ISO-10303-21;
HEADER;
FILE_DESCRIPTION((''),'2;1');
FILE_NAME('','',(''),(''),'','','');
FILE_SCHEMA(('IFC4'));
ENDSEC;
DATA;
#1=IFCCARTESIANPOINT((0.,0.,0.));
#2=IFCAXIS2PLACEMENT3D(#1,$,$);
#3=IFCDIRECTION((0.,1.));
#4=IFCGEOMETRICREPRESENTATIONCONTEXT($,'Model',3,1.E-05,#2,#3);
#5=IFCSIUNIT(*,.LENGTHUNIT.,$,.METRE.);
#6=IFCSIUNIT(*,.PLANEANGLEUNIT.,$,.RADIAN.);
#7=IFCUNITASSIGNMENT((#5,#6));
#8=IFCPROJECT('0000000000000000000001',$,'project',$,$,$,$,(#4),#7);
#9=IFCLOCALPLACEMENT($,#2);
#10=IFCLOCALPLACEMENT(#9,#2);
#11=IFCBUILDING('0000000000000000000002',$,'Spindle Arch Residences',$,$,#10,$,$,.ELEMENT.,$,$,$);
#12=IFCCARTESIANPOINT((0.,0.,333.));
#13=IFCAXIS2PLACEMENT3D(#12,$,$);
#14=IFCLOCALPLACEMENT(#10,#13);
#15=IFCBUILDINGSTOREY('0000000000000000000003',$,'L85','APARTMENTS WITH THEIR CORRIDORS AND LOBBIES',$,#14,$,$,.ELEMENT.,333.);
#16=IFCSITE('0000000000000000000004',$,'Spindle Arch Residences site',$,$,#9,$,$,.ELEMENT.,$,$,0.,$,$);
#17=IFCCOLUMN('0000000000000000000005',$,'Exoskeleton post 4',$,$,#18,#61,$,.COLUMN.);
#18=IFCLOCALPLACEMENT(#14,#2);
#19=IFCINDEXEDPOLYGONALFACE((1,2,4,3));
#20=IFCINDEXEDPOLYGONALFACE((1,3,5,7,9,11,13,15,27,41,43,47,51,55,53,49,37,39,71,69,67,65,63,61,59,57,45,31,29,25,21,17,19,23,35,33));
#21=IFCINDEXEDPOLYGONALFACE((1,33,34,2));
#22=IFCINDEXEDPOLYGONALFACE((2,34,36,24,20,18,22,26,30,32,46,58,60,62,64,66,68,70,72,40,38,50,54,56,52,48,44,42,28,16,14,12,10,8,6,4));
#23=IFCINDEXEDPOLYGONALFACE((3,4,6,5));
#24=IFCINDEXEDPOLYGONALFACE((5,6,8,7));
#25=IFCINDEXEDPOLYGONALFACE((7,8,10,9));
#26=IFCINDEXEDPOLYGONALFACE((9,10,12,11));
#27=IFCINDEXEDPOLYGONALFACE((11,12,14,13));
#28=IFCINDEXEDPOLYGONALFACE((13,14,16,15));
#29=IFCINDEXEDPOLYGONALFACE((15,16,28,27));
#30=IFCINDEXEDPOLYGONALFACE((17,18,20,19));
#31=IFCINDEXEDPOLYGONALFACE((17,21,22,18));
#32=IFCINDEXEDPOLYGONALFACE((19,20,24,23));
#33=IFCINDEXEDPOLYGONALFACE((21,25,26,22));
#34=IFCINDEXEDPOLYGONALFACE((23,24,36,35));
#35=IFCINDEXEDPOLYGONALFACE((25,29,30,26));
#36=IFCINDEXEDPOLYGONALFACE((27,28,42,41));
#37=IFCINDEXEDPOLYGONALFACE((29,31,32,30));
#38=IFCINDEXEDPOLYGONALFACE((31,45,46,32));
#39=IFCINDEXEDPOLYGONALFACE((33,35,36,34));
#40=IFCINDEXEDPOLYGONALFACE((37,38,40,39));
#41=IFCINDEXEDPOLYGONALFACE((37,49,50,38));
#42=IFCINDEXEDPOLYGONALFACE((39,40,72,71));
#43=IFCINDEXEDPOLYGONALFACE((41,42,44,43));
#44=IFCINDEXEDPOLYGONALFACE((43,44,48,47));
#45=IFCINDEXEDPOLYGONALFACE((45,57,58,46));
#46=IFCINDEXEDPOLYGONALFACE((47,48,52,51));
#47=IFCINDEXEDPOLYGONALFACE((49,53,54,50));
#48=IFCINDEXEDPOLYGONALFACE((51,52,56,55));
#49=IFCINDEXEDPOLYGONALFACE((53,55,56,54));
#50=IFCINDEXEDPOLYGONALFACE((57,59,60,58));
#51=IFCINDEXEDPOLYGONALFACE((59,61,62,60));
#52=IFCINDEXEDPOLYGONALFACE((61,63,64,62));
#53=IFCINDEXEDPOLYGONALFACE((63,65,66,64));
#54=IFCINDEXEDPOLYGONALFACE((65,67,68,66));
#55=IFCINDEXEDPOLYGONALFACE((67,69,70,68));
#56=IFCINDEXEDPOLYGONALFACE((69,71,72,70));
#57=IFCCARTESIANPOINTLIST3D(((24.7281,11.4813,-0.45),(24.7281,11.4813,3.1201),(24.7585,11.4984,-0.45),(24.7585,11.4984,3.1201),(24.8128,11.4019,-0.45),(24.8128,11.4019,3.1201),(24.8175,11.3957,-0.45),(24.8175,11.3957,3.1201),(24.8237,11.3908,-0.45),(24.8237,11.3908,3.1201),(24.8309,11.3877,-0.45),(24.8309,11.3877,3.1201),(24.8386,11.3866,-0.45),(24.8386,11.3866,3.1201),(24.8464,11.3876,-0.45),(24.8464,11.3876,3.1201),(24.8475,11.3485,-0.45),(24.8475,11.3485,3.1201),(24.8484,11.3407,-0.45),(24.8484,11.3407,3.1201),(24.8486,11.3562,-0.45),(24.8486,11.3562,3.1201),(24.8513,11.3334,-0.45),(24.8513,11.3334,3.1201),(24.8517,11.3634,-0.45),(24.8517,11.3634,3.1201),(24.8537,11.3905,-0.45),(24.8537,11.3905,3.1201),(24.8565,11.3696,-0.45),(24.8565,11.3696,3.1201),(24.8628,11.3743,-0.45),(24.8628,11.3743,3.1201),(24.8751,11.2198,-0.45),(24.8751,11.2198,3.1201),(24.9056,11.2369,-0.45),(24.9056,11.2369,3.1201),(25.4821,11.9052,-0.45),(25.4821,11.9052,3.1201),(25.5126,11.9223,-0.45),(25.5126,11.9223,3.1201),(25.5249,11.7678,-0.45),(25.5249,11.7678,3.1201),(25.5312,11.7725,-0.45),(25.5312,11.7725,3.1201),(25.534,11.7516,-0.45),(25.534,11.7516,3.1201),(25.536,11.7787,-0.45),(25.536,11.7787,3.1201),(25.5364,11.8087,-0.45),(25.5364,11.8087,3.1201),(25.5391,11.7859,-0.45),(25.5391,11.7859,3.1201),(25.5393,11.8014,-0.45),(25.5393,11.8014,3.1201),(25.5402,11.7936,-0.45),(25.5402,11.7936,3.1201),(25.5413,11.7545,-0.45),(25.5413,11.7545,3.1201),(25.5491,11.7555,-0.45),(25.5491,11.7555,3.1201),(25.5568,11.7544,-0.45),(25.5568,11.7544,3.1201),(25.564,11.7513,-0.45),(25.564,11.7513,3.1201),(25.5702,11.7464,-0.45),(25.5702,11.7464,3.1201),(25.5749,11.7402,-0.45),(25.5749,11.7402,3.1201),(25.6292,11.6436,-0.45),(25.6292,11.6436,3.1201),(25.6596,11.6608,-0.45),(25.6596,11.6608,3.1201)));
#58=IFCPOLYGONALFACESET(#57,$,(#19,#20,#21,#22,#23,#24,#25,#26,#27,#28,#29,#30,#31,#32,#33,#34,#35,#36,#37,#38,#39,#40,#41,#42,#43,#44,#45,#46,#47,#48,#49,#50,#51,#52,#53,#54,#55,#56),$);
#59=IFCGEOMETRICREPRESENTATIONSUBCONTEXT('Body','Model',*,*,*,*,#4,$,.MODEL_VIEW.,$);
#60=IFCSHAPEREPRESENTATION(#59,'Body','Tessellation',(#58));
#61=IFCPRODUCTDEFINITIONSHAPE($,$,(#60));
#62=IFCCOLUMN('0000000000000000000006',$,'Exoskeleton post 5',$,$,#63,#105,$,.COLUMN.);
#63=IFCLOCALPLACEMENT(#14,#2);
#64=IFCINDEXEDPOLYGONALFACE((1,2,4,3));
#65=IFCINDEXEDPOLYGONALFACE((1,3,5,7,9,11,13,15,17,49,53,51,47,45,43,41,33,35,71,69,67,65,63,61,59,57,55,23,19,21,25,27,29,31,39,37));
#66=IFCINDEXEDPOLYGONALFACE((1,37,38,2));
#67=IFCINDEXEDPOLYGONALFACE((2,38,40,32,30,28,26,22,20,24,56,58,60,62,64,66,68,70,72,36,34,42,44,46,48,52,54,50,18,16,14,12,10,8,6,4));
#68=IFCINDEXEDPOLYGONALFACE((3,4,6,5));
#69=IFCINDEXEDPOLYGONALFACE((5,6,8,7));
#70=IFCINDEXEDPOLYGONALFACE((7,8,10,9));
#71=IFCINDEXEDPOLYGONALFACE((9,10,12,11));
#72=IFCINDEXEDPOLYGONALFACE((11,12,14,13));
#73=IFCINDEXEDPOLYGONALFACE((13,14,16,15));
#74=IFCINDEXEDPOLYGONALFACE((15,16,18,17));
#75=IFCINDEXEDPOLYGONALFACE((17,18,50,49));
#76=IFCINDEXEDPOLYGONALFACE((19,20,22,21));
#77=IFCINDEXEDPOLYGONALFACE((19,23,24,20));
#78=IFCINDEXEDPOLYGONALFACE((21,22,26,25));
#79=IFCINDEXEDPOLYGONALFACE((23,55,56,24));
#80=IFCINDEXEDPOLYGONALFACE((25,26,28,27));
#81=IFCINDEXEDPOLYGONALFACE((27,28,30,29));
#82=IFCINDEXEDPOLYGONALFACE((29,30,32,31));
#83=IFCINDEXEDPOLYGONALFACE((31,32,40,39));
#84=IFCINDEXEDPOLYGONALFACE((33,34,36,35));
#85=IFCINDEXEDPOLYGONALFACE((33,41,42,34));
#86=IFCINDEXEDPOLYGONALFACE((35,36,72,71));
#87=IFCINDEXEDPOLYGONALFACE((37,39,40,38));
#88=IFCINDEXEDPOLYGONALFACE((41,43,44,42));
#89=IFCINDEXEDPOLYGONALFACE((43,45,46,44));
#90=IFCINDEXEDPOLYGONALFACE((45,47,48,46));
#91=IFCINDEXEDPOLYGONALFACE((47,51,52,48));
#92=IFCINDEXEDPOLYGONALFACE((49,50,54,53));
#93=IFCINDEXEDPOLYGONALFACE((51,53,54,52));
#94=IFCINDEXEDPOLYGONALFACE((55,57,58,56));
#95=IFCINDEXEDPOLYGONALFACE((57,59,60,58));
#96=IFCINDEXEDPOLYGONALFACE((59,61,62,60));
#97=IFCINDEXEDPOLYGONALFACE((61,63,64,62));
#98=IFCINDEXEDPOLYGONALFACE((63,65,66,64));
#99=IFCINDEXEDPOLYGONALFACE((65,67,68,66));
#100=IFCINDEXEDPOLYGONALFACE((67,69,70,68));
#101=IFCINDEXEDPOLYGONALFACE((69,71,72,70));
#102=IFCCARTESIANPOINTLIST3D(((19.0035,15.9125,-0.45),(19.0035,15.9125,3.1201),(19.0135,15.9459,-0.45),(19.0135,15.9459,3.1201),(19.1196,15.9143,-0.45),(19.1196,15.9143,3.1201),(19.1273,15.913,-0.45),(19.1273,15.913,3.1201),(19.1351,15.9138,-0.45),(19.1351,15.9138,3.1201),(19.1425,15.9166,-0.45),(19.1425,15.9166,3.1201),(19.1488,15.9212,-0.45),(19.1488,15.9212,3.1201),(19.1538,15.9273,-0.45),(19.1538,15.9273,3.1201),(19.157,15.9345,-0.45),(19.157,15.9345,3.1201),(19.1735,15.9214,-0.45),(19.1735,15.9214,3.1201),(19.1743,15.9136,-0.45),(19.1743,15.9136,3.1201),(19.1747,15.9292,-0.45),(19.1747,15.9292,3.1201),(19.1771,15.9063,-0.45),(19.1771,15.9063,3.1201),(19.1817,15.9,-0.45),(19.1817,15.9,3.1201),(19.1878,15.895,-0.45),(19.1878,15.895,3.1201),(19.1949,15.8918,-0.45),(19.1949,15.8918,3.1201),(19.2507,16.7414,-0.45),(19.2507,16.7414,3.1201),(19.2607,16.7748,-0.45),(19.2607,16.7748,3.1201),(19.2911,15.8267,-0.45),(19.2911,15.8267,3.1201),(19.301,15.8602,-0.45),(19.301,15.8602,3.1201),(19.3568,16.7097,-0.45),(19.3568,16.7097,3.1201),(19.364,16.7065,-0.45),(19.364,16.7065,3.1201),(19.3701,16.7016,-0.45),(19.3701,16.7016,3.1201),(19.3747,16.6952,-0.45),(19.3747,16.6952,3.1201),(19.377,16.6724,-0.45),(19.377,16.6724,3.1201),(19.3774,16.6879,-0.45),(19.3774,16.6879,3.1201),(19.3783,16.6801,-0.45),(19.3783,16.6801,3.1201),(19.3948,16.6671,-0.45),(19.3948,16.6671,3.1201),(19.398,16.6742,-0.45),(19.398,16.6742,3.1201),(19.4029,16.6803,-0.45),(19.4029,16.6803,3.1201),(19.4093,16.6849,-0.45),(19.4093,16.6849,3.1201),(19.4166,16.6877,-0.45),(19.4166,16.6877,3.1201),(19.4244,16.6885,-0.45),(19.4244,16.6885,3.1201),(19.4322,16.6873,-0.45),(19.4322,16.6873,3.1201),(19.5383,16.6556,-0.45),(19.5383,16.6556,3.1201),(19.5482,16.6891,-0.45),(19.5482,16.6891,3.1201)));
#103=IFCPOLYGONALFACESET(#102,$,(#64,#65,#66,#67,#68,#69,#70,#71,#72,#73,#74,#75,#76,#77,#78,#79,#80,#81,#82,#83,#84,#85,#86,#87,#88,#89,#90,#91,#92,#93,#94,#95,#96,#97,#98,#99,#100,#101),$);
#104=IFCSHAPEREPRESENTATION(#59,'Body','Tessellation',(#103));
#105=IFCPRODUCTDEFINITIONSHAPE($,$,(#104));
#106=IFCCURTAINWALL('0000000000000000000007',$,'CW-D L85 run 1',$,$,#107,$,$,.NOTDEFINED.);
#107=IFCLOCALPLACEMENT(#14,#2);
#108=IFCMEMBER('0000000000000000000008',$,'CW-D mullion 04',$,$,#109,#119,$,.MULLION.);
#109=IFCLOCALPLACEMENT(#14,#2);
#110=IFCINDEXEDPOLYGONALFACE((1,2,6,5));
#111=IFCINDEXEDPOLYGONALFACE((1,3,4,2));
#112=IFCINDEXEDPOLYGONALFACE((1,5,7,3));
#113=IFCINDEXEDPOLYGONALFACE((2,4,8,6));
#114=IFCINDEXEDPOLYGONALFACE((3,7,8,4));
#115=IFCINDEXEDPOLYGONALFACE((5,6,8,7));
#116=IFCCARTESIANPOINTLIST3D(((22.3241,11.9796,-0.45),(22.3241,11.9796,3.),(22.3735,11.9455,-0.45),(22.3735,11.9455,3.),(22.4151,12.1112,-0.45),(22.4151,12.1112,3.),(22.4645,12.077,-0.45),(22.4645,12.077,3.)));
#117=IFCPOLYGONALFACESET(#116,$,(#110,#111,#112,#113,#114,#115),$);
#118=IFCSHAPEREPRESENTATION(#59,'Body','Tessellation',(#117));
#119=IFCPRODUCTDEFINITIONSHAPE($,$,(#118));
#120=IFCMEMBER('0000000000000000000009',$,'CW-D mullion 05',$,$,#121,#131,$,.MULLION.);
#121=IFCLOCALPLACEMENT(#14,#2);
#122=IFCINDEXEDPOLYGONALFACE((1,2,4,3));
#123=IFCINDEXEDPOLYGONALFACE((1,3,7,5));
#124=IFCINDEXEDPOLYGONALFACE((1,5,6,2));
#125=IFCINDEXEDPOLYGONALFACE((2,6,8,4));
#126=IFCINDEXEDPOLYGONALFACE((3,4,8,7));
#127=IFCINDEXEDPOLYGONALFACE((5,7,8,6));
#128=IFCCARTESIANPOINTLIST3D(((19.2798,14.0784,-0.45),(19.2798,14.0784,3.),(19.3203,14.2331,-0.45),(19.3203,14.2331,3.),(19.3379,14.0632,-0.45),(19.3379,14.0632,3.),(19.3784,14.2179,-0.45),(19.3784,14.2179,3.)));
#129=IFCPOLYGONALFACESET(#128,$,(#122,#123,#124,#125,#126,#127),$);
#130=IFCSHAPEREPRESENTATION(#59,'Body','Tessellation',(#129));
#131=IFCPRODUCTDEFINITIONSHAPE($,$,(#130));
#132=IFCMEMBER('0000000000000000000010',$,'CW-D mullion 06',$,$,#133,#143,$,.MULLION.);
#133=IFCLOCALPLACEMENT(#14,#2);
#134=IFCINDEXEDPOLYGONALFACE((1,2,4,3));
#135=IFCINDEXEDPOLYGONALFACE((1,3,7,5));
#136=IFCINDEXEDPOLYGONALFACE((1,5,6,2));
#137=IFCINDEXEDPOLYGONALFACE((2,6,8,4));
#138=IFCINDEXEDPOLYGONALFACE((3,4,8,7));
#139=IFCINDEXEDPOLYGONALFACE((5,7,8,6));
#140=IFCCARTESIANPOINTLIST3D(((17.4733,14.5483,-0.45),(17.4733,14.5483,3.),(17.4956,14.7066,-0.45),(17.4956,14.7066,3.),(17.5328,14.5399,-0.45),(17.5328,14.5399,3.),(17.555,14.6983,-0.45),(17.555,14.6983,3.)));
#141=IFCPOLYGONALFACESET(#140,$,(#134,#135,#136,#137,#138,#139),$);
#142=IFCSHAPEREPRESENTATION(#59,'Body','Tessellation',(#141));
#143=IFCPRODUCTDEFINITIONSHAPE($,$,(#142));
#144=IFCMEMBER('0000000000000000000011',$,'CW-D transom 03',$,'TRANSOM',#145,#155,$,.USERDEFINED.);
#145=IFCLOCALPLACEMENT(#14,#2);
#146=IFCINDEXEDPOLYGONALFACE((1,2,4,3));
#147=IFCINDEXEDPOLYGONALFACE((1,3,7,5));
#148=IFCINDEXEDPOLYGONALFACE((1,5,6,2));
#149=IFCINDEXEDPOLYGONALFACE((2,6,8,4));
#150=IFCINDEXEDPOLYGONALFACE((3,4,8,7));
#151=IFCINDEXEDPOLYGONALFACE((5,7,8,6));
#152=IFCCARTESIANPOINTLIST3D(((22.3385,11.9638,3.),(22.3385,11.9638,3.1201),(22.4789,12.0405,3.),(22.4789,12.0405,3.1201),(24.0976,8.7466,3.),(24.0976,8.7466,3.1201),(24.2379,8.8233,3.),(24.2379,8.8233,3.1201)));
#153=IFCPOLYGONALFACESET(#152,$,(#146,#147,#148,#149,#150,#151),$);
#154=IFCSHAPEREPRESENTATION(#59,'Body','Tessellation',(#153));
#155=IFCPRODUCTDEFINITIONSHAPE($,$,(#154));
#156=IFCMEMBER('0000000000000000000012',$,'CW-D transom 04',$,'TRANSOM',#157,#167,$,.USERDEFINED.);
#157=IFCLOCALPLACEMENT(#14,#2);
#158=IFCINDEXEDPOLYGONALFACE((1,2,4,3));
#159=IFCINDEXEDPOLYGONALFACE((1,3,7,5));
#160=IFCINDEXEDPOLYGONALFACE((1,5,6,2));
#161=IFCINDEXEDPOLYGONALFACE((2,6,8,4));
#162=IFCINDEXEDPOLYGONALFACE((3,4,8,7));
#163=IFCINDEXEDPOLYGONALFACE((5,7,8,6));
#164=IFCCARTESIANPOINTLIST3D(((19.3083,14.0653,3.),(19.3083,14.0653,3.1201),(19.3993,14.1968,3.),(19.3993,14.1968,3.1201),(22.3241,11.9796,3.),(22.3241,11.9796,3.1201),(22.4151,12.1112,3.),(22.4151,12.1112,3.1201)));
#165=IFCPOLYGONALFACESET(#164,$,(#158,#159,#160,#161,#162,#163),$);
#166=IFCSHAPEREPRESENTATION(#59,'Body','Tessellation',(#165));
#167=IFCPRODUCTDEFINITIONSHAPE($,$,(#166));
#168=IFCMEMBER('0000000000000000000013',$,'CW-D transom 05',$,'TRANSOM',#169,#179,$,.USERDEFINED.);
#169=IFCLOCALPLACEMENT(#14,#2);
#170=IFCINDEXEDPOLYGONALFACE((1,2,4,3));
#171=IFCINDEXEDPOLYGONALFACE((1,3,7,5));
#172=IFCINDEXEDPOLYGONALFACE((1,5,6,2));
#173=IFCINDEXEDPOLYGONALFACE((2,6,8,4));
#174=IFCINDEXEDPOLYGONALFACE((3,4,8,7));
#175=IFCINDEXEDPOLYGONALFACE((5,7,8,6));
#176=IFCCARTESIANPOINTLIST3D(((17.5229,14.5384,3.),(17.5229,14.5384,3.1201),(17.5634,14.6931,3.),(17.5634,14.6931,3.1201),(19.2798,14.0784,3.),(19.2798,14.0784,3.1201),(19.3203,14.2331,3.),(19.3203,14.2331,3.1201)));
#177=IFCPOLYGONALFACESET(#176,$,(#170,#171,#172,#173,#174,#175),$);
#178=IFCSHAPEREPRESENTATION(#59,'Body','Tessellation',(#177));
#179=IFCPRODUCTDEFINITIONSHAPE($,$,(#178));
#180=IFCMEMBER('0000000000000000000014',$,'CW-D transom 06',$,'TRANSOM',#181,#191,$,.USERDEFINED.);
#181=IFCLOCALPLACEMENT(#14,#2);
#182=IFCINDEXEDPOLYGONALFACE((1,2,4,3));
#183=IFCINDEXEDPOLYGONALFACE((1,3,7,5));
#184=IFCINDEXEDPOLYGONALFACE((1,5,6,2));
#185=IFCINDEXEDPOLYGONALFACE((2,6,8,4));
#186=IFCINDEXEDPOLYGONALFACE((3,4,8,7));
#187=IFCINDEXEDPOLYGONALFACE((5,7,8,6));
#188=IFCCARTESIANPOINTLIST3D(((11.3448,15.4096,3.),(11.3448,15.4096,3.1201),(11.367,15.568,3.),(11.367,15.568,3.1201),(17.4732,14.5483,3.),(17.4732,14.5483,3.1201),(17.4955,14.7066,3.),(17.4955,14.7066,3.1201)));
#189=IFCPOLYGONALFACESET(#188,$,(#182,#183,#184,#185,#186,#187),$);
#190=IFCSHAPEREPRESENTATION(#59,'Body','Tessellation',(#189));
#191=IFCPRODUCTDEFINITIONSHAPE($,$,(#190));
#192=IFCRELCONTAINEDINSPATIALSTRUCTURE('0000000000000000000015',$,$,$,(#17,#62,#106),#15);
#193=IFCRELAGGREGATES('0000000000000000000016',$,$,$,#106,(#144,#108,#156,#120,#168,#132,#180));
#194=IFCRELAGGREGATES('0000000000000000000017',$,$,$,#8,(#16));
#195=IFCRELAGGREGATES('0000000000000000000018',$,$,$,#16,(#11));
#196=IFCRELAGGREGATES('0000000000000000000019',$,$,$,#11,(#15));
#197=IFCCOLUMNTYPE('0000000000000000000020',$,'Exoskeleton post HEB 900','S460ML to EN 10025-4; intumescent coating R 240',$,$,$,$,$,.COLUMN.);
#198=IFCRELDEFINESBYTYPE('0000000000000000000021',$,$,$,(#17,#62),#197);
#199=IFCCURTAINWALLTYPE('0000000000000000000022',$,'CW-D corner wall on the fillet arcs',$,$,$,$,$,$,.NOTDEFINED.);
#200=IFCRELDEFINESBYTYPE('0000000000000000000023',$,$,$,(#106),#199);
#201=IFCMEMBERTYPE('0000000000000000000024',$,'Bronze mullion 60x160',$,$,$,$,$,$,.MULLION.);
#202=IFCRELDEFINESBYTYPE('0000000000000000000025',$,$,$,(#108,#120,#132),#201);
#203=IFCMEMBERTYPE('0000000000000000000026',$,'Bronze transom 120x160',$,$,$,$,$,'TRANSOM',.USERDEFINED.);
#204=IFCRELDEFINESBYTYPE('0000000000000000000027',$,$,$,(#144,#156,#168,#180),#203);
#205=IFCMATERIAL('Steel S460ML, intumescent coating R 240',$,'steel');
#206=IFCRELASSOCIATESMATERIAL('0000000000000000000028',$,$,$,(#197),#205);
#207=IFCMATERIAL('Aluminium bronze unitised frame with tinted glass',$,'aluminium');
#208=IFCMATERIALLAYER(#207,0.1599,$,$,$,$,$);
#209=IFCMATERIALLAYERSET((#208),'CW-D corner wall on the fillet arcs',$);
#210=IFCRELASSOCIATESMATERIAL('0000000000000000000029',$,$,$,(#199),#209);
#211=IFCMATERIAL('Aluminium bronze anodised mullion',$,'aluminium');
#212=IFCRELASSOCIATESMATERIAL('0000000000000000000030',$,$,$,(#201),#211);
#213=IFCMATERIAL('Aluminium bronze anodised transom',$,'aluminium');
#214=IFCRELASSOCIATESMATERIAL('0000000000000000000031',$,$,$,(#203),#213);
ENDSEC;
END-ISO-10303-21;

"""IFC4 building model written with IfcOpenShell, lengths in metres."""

from ifc_helpers import new_model, si_unit, direction, frame, origin, origin_2d, place, context, subcontext, project, spatial, rectangle, i_section, extrude, material, layer, layer_set, material_profile, profile_set, type_object, element, aggregate, save


model = new_model("IFC4")

# Units and contexts
model_context = context("Model", 3, precision=1e-05, world=origin(), true_north=direction((0.0, 1.0)))
body_context = subcontext(model_context, "Body", "Model", "MODEL_VIEW")
ifc_project = project(units=[si_unit("LENGTHUNIT", "METRE"), si_unit("PLANEANGLEUNIT", "RADIAN")], contexts=[model_context])

# Site, building, storey
site_placement = place(None, origin())
site = spatial("IfcSite", under=ifc_project, at=site_placement, Name="Spindle Arch Residences site", CompositionType="ELEMENT", RefElevation=0.0)
building_placement = place(site_placement, origin())
building = spatial("IfcBuilding", under=site, at=building_placement, Name="Spindle Arch Residences", CompositionType="ELEMENT")
storey_placement = place(building_placement, frame((0.0, 0.0, 333.0)))
storey = spatial("IfcBuildingStorey", under=building, at=storey_placement, Name="L85", Description="APARTMENTS WITH THEIR CORRIDORS AND LOBBIES", CompositionType="ELEMENT", Elevation=333.0)

# Columns
ifc_material_1 = material(Name="Steel S460ML, intumescent coating R 240", Category="steel")
ifc_material_profile_1 = material_profile(ifc_material_1, i_section(OverallWidth=0.3, OverallDepth=0.8999, WebThickness=0.0186, FlangeThickness=0.0349, FilletRadius=0.03, at=origin_2d()), Name="HEB 900")
ifc_profile_set_1 = profile_set([ifc_material_profile_1], Name="Steel S460ML, intumescent coating R 240")
column_type = type_object("IfcColumnType", Name="Exoskeleton post HEB 900", Description="S460ML to EN 10025-4; intumescent coating R 240", PredefinedType="COLUMN", material=ifc_profile_set_1)
for number, where, z_axis, x_axis, name in (
    (1, (25.1938, 11.571, -0.45), (0.0, 0.0, 1.0), (0.490024, -0.871709, 0.0), "Exoskeleton post 4"),
    (2, (19.2759, 16.3008, -0.45), (0.0, 0.0, 1.0), (0.958298, -0.285769, 0.0), "Exoskeleton post 5"),
):
    element("IfcColumn", number, at=place(storey_placement, frame(where, z_axis=z_axis, x_axis=x_axis)), inside=storey, type_object=column_type, Name=name, PredefinedType="COLUMN", context=body_context, shape_type="SweptSolid", body=[
        extrude(i_section(OverallWidth=0.3, OverallDepth=0.8999, WebThickness=0.0186, FlangeThickness=0.0349, FilletRadius=0.03, at=origin_2d()), origin(), (0.0, 0.0, 1.0), 3.5701),
    ])

# Curtain wall, members
ifc_material_2 = material(Name="Aluminium bronze unitised frame with tinted glass", Category="aluminium")
ifc_layer_1 = layer(ifc_material_2, 0.1599)
ifc_layer_set_1 = layer_set([ifc_layer_1], Name="CW-D corner wall on the fillet arcs")
curtain_wall_type = type_object("IfcCurtainWallType", Name="CW-D corner wall on the fillet arcs", PredefinedType="NOTDEFINED", material=ifc_layer_set_1)
curtain_wall_placement = place(storey_placement, origin())
curtain_wall = element("IfcCurtainWall", 3, at=curtain_wall_placement, inside=storey, type_object=curtain_wall_type, Name="CW-D L85 run 1", PredefinedType="NOTDEFINED")
ifc_material_3 = material(Name="Aluminium bronze anodised mullion", Category="aluminium")
ifc_material_profile_2 = material_profile(ifc_material_3, rectangle(XDim=0.1599, YDim=0.0601, at=origin_2d()), Name="MU 60x160")
ifc_profile_set_2 = profile_set([ifc_material_profile_2], Name="Aluminium bronze anodised mullion")
member_type_1 = type_object("IfcMemberType", Name="Bronze mullion 60x160", PredefinedType="MULLION", material=ifc_profile_set_2)
member_1_placement = place(storey_placement, frame((22.3943, 12.0283, -0.45), z_axis=(0.0, 0.0, 1.0), x_axis=(-0.568801, -0.822475, 0.0)))
member_1 = element("IfcMember", 4, at=member_1_placement, type_object=member_type_1, Name="CW-D mullion 04", PredefinedType="MULLION", context=body_context, shape_type="SweptSolid", body=[
    extrude(rectangle(XDim=0.1599, YDim=0.0601, at=origin_2d()), origin(), (0.0, 0.0, 1.0), 3.45),
])
member_2_placement = place(storey_placement, frame((19.3291, 14.1482, -0.45), z_axis=(0.0, 0.0, 1.0), x_axis=(-0.253195, -0.967415, 0.0)))
member_2 = element("IfcMember", 5, at=member_2_placement, type_object=member_type_1, Name="CW-D mullion 05", PredefinedType="MULLION", context=body_context, shape_type="SweptSolid", body=[
    extrude(rectangle(XDim=0.1599, YDim=0.0601, at=origin_2d()), origin(), (0.0, 0.0, 1.0), 3.45),
])
member_3_placement = place(storey_placement, frame((17.5142, 14.6233, -0.45), z_axis=(0.0, 0.0, 1.0), x_axis=(-0.139173, -0.990268, 0.0)))
member_3 = element("IfcMember", 6, at=member_3_placement, type_object=member_type_1, Name="CW-D mullion 06", PredefinedType="MULLION", context=body_context, shape_type="SweptSolid", body=[
    extrude(rectangle(XDim=0.1599, YDim=0.0601, at=origin_2d()), origin(), (0.0, 0.0, 1.0), 3.45),
])
ifc_material_4 = material(Name="Aluminium bronze anodised transom", Category="aluminium")
ifc_material_profile_3 = material_profile(ifc_material_4, rectangle(XDim=0.1599, YDim=0.1201, at=origin_2d()), Name="TR 120x160")
ifc_profile_set_3 = profile_set([ifc_material_profile_3], Name="Aluminium bronze anodised transom")
member_type_2 = type_object("IfcMemberType", Name="Bronze transom 120x160", ElementType="TRANSOM", PredefinedType="USERDEFINED", material=ifc_profile_set_3)
member_4_placement = place(storey_placement, frame((24.1677, 8.7849, 3.0601), z_axis=(-0.479724, 0.877419, 0.0), x_axis=(-0.877419, -0.479724, 0.0)))
member_4 = element("IfcMember", 7, at=member_4_placement, type_object=member_type_2, Name="CW-D transom 03", ObjectType="TRANSOM", PredefinedType="USERDEFINED", context=body_context, shape_type="SweptSolid", body=[
    extrude(rectangle(XDim=0.1599, YDim=0.1201, at=origin_2d()), origin(), (0.0, 0.0, 1.0), 3.6667),
])
member_5_placement = place(storey_placement, frame((22.3696, 12.0454, 3.0601), z_axis=(-0.822475, 0.568801, 0.0), x_axis=(-0.568801, -0.822475, 0.0)))
member_5 = element("IfcMember", 8, at=member_5_placement, type_object=member_type_2, Name="CW-D transom 04", ObjectType="TRANSOM", PredefinedType="USERDEFINED", context=body_context, shape_type="SweptSolid", body=[
    extrude(rectangle(XDim=0.1599, YDim=0.1201, at=origin_2d()), origin(), (0.0, 0.0, 1.0), 3.6667),
])
member_6_placement = place(storey_placement, frame((19.3, 14.1558, 3.0601), z_axis=(-0.967394, 0.253276, 0.0), x_axis=(-0.253276, -0.967394, 0.0)))
member_6 = element("IfcMember", 9, at=member_6_placement, type_object=member_type_2, Name="CW-D transom 05", ObjectType="TRANSOM", PredefinedType="USERDEFINED", context=body_context, shape_type="SweptSolid", body=[
    extrude(rectangle(XDim=0.1599, YDim=0.1201, at=origin_2d()), origin(), (0.0, 0.0, 1.0), 1.8162),
])
member_7_placement = place(storey_placement, frame((17.4844, 14.6274, 3.0601), z_axis=(-0.990267, 0.139179, 0.0), x_axis=(-0.139179, -0.990267, 0.0)))
member_7 = element("IfcMember", 10, at=member_7_placement, type_object=member_type_2, Name="CW-D transom 06", ObjectType="TRANSOM", PredefinedType="USERDEFINED", context=body_context, shape_type="SweptSolid", body=[
    extrude(rectangle(XDim=0.1599, YDim=0.1201, at=origin_2d()), origin(), (0.0, 0.0, 1.0), 6.1887),
])

aggregate(curtain_wall, [member_4, member_1, member_5, member_2, member_6, member_3, member_7])

save(model, "model.ifc")
